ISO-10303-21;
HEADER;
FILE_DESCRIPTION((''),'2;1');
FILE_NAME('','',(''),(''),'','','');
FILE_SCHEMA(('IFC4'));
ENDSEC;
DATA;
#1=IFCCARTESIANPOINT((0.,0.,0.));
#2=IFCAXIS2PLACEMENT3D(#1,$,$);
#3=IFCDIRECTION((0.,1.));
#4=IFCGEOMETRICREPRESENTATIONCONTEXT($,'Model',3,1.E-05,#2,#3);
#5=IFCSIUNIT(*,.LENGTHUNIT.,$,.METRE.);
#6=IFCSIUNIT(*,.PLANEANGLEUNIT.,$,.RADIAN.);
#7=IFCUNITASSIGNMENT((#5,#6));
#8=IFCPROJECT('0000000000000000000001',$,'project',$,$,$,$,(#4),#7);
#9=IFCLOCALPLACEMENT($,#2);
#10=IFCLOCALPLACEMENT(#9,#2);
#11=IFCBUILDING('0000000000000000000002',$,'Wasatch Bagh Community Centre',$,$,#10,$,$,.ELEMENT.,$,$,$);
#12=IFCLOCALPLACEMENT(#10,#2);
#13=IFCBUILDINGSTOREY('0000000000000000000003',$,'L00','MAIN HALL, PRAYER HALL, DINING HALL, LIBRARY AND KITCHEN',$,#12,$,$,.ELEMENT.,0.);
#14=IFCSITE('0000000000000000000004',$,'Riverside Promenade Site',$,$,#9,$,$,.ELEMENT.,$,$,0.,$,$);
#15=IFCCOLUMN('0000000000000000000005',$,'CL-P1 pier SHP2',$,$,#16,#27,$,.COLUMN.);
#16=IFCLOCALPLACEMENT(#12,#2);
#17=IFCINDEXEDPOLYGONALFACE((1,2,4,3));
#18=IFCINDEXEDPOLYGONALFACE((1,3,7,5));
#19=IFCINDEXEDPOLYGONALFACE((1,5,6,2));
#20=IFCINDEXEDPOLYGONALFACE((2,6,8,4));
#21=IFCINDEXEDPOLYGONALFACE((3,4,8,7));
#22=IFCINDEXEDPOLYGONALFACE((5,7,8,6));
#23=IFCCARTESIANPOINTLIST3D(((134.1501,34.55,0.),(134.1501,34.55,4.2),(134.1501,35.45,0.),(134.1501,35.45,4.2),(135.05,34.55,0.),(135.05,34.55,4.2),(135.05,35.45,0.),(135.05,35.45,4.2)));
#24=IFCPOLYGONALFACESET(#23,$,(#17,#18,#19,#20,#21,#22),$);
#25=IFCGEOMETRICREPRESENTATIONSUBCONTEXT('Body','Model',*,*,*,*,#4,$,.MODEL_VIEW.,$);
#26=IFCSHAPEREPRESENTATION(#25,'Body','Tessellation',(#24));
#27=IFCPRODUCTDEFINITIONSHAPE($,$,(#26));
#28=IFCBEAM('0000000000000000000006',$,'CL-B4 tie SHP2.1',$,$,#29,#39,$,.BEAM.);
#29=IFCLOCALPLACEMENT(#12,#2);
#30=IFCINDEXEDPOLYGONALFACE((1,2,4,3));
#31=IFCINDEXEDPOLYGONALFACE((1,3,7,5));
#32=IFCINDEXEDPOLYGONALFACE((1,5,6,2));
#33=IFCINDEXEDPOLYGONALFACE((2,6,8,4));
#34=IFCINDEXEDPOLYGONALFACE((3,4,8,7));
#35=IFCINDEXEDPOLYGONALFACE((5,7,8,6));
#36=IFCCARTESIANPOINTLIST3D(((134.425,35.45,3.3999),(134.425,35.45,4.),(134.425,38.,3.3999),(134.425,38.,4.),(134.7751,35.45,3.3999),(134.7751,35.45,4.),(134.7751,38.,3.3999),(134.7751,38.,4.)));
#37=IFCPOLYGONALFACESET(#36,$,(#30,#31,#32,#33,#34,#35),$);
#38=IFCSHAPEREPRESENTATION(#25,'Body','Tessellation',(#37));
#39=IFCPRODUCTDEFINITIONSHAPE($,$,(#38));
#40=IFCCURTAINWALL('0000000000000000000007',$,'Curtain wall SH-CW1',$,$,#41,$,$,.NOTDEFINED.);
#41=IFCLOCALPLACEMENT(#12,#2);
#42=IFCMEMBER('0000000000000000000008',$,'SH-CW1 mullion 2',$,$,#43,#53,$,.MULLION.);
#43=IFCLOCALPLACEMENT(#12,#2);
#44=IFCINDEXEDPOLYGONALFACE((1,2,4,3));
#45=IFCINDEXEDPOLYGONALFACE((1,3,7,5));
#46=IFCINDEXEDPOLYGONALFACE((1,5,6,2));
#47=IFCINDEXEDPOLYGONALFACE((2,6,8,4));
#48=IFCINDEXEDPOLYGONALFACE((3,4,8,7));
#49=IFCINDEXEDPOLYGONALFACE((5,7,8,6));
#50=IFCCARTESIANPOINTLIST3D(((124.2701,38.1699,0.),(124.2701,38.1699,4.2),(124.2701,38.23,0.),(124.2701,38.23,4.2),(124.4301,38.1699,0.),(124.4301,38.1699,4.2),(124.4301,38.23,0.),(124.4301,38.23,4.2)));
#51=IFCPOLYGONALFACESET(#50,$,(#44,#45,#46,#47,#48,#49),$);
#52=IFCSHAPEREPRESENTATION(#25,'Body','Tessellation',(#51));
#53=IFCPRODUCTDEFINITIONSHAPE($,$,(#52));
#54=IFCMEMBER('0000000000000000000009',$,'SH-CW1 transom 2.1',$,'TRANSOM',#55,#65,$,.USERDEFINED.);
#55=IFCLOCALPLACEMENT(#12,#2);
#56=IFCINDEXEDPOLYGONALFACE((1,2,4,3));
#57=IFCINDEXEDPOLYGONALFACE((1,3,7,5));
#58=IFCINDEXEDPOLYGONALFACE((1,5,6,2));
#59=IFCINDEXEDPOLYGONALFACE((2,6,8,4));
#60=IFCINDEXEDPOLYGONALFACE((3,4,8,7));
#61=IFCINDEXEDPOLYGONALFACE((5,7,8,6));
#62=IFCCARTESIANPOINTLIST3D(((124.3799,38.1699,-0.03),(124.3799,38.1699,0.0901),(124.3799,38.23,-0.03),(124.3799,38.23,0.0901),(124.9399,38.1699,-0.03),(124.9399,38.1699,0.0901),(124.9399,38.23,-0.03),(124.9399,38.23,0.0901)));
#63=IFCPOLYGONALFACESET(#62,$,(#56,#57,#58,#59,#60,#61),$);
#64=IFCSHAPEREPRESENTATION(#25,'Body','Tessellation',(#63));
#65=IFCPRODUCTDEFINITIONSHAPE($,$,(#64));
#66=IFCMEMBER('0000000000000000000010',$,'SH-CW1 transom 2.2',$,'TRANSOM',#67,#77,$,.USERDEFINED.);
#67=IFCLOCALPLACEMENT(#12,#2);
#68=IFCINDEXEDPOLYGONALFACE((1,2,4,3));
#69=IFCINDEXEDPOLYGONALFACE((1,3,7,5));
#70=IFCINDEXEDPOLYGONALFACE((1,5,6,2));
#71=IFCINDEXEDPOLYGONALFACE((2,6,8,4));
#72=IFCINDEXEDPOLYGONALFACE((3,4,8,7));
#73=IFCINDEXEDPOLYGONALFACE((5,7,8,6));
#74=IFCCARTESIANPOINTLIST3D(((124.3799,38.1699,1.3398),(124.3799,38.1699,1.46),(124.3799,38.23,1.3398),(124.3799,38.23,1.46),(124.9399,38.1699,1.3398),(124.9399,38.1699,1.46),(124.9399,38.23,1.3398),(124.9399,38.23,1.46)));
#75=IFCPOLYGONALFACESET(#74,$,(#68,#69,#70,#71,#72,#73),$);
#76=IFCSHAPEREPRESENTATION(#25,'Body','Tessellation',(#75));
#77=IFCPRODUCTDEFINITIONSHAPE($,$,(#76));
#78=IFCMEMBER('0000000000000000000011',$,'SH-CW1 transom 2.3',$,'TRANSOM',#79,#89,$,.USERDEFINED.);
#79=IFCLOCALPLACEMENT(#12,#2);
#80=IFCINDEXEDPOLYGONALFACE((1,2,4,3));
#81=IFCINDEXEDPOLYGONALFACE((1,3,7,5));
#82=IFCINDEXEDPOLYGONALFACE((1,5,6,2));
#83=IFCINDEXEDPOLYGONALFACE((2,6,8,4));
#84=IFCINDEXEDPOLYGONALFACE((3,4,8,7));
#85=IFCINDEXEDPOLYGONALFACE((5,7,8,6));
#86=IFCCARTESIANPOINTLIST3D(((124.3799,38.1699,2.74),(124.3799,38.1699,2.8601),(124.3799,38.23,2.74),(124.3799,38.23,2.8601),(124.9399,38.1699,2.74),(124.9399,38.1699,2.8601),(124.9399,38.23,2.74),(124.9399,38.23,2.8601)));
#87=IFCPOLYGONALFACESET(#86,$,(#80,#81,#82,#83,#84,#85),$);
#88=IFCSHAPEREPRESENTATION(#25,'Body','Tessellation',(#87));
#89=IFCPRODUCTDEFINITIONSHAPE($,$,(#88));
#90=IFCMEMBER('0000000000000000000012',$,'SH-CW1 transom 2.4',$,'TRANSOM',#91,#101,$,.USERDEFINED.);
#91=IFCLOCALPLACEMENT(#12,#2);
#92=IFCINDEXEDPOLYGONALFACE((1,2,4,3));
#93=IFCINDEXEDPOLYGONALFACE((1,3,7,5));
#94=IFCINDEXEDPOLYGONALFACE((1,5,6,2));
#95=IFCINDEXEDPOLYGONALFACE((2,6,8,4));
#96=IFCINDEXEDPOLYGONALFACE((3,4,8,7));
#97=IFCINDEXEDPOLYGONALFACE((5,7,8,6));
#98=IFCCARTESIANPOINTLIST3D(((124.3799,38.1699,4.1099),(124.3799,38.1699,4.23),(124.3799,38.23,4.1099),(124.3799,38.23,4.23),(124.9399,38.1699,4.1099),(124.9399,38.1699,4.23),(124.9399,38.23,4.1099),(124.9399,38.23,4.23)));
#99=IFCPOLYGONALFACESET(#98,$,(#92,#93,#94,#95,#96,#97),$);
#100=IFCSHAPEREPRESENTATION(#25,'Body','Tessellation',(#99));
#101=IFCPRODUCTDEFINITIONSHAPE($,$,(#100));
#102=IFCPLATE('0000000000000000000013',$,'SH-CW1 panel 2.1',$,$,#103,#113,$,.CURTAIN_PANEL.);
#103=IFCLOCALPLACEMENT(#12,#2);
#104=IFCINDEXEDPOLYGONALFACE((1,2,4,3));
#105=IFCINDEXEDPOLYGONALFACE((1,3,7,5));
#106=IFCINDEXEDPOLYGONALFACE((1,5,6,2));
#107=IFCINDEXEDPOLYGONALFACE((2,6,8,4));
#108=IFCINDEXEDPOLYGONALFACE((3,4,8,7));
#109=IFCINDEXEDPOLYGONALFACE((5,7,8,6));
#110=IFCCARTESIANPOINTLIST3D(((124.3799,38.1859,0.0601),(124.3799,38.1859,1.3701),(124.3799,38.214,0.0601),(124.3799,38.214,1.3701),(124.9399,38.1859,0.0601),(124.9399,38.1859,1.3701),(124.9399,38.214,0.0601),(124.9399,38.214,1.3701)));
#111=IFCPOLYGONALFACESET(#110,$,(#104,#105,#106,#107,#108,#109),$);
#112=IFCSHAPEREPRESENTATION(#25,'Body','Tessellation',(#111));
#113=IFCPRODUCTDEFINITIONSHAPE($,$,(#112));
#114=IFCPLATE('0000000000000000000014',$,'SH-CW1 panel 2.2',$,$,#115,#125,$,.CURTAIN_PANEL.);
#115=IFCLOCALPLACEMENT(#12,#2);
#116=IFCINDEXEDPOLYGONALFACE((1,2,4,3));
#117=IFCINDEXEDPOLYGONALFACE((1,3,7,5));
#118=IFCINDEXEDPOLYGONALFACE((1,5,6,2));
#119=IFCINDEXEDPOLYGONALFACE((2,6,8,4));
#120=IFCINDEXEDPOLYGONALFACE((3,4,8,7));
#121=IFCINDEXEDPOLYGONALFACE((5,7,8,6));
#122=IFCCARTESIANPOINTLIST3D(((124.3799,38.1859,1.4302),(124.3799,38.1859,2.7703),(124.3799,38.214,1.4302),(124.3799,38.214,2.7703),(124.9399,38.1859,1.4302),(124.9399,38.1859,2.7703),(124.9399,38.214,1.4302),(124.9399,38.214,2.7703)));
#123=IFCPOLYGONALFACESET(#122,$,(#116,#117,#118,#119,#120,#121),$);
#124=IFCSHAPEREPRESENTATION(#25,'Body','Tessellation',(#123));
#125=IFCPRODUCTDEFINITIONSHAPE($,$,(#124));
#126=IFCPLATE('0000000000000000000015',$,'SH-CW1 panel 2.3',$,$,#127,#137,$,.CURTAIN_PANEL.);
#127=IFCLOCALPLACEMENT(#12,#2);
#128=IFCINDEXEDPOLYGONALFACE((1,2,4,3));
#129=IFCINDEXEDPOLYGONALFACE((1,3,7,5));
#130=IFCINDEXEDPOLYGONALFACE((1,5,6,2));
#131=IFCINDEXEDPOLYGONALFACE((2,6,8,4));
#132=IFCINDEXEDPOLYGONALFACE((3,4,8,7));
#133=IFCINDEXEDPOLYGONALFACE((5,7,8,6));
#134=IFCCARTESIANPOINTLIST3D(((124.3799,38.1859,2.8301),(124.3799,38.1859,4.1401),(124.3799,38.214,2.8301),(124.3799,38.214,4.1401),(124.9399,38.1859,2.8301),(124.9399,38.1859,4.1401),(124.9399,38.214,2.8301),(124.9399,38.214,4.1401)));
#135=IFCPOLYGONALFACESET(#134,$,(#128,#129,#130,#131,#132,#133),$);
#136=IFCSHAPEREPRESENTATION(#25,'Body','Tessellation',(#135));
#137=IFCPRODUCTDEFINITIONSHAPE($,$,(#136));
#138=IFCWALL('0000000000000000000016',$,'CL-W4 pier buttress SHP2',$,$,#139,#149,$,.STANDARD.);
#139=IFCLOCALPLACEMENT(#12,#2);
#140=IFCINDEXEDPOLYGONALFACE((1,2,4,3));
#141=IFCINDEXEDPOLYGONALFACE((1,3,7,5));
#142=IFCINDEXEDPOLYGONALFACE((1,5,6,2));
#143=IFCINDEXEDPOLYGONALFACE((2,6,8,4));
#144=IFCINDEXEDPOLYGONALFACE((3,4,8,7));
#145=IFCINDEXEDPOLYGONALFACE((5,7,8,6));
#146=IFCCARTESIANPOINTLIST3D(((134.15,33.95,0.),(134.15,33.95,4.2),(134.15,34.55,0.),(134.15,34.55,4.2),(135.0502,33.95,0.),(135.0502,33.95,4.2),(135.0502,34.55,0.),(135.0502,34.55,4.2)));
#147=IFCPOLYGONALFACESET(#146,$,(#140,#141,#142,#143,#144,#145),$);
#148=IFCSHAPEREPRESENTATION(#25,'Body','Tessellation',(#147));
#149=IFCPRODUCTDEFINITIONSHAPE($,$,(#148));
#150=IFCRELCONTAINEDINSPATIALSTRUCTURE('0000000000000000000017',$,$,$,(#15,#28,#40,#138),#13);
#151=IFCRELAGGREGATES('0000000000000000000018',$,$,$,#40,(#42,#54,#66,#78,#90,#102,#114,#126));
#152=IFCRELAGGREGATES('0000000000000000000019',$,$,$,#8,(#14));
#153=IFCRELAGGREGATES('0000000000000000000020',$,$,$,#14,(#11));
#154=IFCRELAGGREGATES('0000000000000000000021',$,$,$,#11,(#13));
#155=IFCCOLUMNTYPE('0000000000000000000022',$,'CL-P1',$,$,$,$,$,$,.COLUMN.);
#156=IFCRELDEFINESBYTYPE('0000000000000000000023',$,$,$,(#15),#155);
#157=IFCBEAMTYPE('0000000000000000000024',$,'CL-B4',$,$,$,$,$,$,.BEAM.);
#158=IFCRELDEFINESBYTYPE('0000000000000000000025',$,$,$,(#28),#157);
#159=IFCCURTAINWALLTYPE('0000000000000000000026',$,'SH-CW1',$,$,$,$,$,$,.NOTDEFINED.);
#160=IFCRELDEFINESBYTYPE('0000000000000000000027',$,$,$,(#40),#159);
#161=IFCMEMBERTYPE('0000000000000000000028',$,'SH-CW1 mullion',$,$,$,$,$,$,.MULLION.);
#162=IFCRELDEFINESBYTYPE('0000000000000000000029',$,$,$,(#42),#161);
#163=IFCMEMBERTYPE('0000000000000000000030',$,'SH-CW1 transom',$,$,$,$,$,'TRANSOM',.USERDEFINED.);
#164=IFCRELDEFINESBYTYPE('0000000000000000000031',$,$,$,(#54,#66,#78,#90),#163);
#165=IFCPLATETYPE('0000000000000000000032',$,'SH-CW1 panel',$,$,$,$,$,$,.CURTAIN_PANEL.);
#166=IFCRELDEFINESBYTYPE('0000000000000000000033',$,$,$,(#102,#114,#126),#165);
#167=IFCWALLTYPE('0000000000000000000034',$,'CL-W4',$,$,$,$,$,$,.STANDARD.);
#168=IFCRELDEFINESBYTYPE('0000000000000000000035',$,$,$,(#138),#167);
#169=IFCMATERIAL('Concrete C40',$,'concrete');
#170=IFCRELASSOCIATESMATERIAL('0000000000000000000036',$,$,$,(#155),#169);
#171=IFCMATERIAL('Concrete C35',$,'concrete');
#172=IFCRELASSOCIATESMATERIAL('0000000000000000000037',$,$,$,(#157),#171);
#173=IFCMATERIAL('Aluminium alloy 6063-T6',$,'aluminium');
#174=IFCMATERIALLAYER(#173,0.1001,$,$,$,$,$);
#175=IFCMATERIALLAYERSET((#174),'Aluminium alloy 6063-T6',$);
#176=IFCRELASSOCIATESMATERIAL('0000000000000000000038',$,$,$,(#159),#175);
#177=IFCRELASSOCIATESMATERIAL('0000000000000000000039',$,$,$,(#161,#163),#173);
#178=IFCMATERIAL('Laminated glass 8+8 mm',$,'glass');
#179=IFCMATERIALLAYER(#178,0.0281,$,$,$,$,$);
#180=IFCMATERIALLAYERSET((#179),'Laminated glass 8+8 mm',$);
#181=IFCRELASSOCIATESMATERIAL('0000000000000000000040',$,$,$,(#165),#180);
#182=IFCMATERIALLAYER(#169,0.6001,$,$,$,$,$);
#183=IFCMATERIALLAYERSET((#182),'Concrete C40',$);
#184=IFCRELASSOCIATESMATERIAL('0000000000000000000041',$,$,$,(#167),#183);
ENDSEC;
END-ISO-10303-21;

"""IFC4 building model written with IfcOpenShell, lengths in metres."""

from ifc_helpers import new_model, si_unit, direction, frame, frame_2d, origin, origin_2d, place, context, subcontext, project, spatial, rectangle, extrude, material, layer, layer_set, material_profile, profile_set, type_object, element, aggregate, save


model = new_model("IFC4")

# Units and contexts
model_context = context("Model", 3, precision=1e-05, world=origin(), true_north=direction((0.0, 1.0)))
body_context = subcontext(model_context, "Body", "Model", "MODEL_VIEW")
ifc_project = project(units=[si_unit("LENGTHUNIT", "METRE"), si_unit("PLANEANGLEUNIT", "RADIAN")], contexts=[model_context])

# Site, building, storey
site_placement = place(None, origin())
site = spatial("IfcSite", under=ifc_project, at=site_placement, Name="Riverside Promenade Site", CompositionType="ELEMENT", RefElevation=0.0)
building_placement = place(site_placement, origin())
building = spatial("IfcBuilding", under=site, at=building_placement, Name="Wasatch Bagh Community Centre", CompositionType="ELEMENT")
storey_placement = place(building_placement, origin())
storey = spatial("IfcBuildingStorey", under=building, at=storey_placement, Name="L00", Description="MAIN HALL, PRAYER HALL, DINING HALL, LIBRARY AND KITCHEN", CompositionType="ELEMENT", Elevation=0.0)

# Column
ifc_material_1 = material(Name="Concrete C40", Category="concrete")
ifc_material_profile_1 = material_profile(ifc_material_1, rectangle(XDim=0.8999, YDim=0.8999, at=origin_2d()), Name="RC 900x900")
ifc_profile_set_1 = profile_set([ifc_material_profile_1], Name="Concrete C40")
column_type = type_object("IfcColumnType", Name="CL-P1", PredefinedType="COLUMN", material=ifc_profile_set_1)
column_placement = place(storey_placement, frame((134.6001, 35.0, 0.0), z_axis=(0.0, 0.0, 1.0), x_axis=(1.0, 0.0, 0.0)))
element("IfcColumn", 1, at=column_placement, inside=storey, type_object=column_type, Name="CL-P1 pier SHP2", PredefinedType="COLUMN", context=body_context, shape_type="SweptSolid", body=[
    extrude(rectangle(XDim=0.8999, YDim=0.8999, at=origin_2d()), origin(), (0.0, 0.0, 1.0), 4.2),
])

# Beam
ifc_material_2 = material(Name="Concrete C35", Category="concrete")
ifc_material_profile_2 = material_profile(ifc_material_2, rectangle(XDim=0.3501, YDim=0.6001, at=origin_2d()), Name="RC 350x600")
ifc_profile_set_2 = profile_set([ifc_material_profile_2], Name="Concrete C35")
beam_type = type_object("IfcBeamType", Name="CL-B4", PredefinedType="BEAM", material=ifc_profile_set_2)
beam_placement = place(storey_placement, frame((134.6001, 38.0, 3.7), z_axis=(0.0, -1.0, 0.0), x_axis=(1.0, 0.0, 0.0)))
element("IfcBeam", 2, at=beam_placement, inside=storey, type_object=beam_type, Name="CL-B4 tie SHP2.1", PredefinedType="BEAM", context=body_context, shape_type="SweptSolid", body=[
    extrude(rectangle(XDim=0.3501, YDim=0.6001, at=origin_2d()), origin(), (0.0, 0.0, 1.0), 2.55),
])

# Curtain wall, members, plates
ifc_material_3 = material(Name="Aluminium alloy 6063-T6", Category="aluminium")
ifc_layer_1 = layer(ifc_material_3, 0.1001)
ifc_layer_set_1 = layer_set([ifc_layer_1], Name="Aluminium alloy 6063-T6")
curtain_wall_type = type_object("IfcCurtainWallType", Name="SH-CW1", PredefinedType="NOTDEFINED", material=ifc_layer_set_1)
curtain_wall_placement = place(storey_placement, origin())
curtain_wall = element("IfcCurtainWall", 3, at=curtain_wall_placement, inside=storey, type_object=curtain_wall_type, Name="Curtain wall SH-CW1", PredefinedType="NOTDEFINED")
ifc_material_profile_3 = material_profile(ifc_material_3, rectangle(XDim=0.0601, YDim=0.1599, at=origin_2d()), Name="AL 60x160")
ifc_profile_set_3 = profile_set([ifc_material_profile_3], Name="Aluminium alloy 6063-T6")
member_type_1 = type_object("IfcMemberType", Name="SH-CW1 mullion", PredefinedType="MULLION", material=ifc_profile_set_3)
member_1_placement = place(storey_placement, frame((124.3501, 38.2, 0.0), z_axis=(0.0, 0.0, 1.0), x_axis=(0.0, 1.0, 0.0)))
member_1 = element("IfcMember", 4, at=member_1_placement, type_object=member_type_1, Name="SH-CW1 mullion 2", PredefinedType="MULLION", context=body_context, shape_type="SweptSolid", body=[
    extrude(rectangle(XDim=0.0601, YDim=0.1599, at=origin_2d()), origin(), (0.0, 0.0, 1.0), 4.2),
])
ifc_material_profile_4 = material_profile(ifc_material_3, rectangle(XDim=0.0601, YDim=0.1201, at=origin_2d()), Name="AL 60x120")
ifc_profile_set_4 = profile_set([ifc_material_profile_4], Name="Aluminium alloy 6063-T6")
member_type_2 = type_object("IfcMemberType", Name="SH-CW1 transom", ElementType="TRANSOM", PredefinedType="USERDEFINED", material=ifc_profile_set_4)
member_2_placement = place(storey_placement, frame((124.3799, 38.2, 0.03), z_axis=(1.0, 0.0, 0.0), x_axis=(0.0, 1.0, 0.0)))
member_2 = element("IfcMember", 5, at=member_2_placement, type_object=member_type_2, Name="SH-CW1 transom 2.1", ObjectType="TRANSOM", PredefinedType="USERDEFINED", context=body_context, shape_type="SweptSolid", body=[
    extrude(rectangle(XDim=0.0601, YDim=0.1201, at=origin_2d()), origin(), (0.0, 0.0, 1.0), 0.5601),
])
member_3_placement = place(storey_placement, frame((124.3799, 38.2, 1.3999), z_axis=(1.0, 0.0, 0.0), x_axis=(0.0, 1.0, 0.0)))
member_3 = element("IfcMember", 6, at=member_3_placement, type_object=member_type_2, Name="SH-CW1 transom 2.2", ObjectType="TRANSOM", PredefinedType="USERDEFINED", context=body_context, shape_type="SweptSolid", body=[
    extrude(rectangle(XDim=0.0601, YDim=0.1201, at=origin_2d()), origin(), (0.0, 0.0, 1.0), 0.5601),
])
member_4_placement = place(storey_placement, frame((124.3799, 38.2, 2.8), z_axis=(1.0, 0.0, 0.0), x_axis=(0.0, 1.0, 0.0)))
member_4 = element("IfcMember", 7, at=member_4_placement, type_object=member_type_2, Name="SH-CW1 transom 2.3", ObjectType="TRANSOM", PredefinedType="USERDEFINED", context=body_context, shape_type="SweptSolid", body=[
    extrude(rectangle(XDim=0.0601, YDim=0.1201, at=origin_2d()), origin(), (0.0, 0.0, 1.0), 0.5601),
])
member_5_placement = place(storey_placement, frame((124.3799, 38.2, 4.1699), z_axis=(1.0, 0.0, 0.0), x_axis=(0.0, 1.0, 0.0)))
member_5 = element("IfcMember", 8, at=member_5_placement, type_object=member_type_2, Name="SH-CW1 transom 2.4", ObjectType="TRANSOM", PredefinedType="USERDEFINED", context=body_context, shape_type="SweptSolid", body=[
    extrude(rectangle(XDim=0.0601, YDim=0.1201, at=origin_2d()), origin(), (0.0, 0.0, 1.0), 0.5601),
])
ifc_material_4 = material(Name="Laminated glass 8+8 mm", Category="glass")
ifc_layer_2 = layer(ifc_material_4, 0.0281)
ifc_layer_set_2 = layer_set([ifc_layer_2], Name="Laminated glass 8+8 mm")
plate_type = type_object("IfcPlateType", Name="SH-CW1 panel", PredefinedType="CURTAIN_PANEL", material=ifc_layer_set_2)
plate_1_placement = place(storey_placement, frame((124.6599, 38.2, 0.0601), z_axis=(0.0, 0.0, 1.0), x_axis=(1.0, 0.0, 0.0)))
plate_1 = element("IfcPlate", 9, at=plate_1_placement, type_object=plate_type, Name="SH-CW1 panel 2.1", PredefinedType="CURTAIN_PANEL", context=body_context, shape_type="SweptSolid", body=[
    extrude(rectangle(XDim=0.5601, YDim=0.0281, at=origin_2d()), origin(), (0.0, 0.0, 1.0), 1.3101),
])
plate_2_placement = place(storey_placement, frame((124.6599, 38.2, 1.4302), z_axis=(0.0, 0.0, 1.0), x_axis=(1.0, 0.0, 0.0)))
plate_2 = element("IfcPlate", 10, at=plate_2_placement, type_object=plate_type, Name="SH-CW1 panel 2.2", PredefinedType="CURTAIN_PANEL", context=body_context, shape_type="SweptSolid", body=[
    extrude(rectangle(XDim=0.5601, YDim=0.0281, at=origin_2d()), origin(), (0.0, 0.0, 1.0), 1.3401),
])
plate_3_placement = place(storey_placement, frame((124.6599, 38.2, 2.8301), z_axis=(0.0, 0.0, 1.0), x_axis=(1.0, 0.0, 0.0)))
plate_3 = element("IfcPlate", 11, at=plate_3_placement, type_object=plate_type, Name="SH-CW1 panel 2.3", PredefinedType="CURTAIN_PANEL", context=body_context, shape_type="SweptSolid", body=[
    extrude(rectangle(XDim=0.5601, YDim=0.0281, at=origin_2d()), origin(), (0.0, 0.0, 1.0), 1.3101),
])
aggregate(curtain_wall, [member_1, member_2, member_3, member_4, member_5, plate_1, plate_2, plate_3])

# Wall
ifc_layer_3 = layer(ifc_material_1, 0.6001)
ifc_layer_set_3 = layer_set([ifc_layer_3], Name="Concrete C40")
wall_type = type_object("IfcWallType", Name="CL-W4", PredefinedType="STANDARD", material=ifc_layer_set_3)
wall_placement = place(storey_placement, frame((134.1499, 34.25, 0.0), z_axis=(0.0, 0.0, 1.0), x_axis=(1.0, 0.0, 0.0)))
element("IfcWall", 12, at=wall_placement, inside=storey, type_object=wall_type, Name="CL-W4 pier buttress SHP2", PredefinedType="STANDARD", context=body_context, shape_type="SweptSolid", body=[
    extrude(rectangle(XDim=0.9001, YDim=0.6001, at=frame_2d((0.4502, 0.0))), origin(), (0.0, 0.0, 1.0), 4.2),
])

save(model, "model.ifc")
